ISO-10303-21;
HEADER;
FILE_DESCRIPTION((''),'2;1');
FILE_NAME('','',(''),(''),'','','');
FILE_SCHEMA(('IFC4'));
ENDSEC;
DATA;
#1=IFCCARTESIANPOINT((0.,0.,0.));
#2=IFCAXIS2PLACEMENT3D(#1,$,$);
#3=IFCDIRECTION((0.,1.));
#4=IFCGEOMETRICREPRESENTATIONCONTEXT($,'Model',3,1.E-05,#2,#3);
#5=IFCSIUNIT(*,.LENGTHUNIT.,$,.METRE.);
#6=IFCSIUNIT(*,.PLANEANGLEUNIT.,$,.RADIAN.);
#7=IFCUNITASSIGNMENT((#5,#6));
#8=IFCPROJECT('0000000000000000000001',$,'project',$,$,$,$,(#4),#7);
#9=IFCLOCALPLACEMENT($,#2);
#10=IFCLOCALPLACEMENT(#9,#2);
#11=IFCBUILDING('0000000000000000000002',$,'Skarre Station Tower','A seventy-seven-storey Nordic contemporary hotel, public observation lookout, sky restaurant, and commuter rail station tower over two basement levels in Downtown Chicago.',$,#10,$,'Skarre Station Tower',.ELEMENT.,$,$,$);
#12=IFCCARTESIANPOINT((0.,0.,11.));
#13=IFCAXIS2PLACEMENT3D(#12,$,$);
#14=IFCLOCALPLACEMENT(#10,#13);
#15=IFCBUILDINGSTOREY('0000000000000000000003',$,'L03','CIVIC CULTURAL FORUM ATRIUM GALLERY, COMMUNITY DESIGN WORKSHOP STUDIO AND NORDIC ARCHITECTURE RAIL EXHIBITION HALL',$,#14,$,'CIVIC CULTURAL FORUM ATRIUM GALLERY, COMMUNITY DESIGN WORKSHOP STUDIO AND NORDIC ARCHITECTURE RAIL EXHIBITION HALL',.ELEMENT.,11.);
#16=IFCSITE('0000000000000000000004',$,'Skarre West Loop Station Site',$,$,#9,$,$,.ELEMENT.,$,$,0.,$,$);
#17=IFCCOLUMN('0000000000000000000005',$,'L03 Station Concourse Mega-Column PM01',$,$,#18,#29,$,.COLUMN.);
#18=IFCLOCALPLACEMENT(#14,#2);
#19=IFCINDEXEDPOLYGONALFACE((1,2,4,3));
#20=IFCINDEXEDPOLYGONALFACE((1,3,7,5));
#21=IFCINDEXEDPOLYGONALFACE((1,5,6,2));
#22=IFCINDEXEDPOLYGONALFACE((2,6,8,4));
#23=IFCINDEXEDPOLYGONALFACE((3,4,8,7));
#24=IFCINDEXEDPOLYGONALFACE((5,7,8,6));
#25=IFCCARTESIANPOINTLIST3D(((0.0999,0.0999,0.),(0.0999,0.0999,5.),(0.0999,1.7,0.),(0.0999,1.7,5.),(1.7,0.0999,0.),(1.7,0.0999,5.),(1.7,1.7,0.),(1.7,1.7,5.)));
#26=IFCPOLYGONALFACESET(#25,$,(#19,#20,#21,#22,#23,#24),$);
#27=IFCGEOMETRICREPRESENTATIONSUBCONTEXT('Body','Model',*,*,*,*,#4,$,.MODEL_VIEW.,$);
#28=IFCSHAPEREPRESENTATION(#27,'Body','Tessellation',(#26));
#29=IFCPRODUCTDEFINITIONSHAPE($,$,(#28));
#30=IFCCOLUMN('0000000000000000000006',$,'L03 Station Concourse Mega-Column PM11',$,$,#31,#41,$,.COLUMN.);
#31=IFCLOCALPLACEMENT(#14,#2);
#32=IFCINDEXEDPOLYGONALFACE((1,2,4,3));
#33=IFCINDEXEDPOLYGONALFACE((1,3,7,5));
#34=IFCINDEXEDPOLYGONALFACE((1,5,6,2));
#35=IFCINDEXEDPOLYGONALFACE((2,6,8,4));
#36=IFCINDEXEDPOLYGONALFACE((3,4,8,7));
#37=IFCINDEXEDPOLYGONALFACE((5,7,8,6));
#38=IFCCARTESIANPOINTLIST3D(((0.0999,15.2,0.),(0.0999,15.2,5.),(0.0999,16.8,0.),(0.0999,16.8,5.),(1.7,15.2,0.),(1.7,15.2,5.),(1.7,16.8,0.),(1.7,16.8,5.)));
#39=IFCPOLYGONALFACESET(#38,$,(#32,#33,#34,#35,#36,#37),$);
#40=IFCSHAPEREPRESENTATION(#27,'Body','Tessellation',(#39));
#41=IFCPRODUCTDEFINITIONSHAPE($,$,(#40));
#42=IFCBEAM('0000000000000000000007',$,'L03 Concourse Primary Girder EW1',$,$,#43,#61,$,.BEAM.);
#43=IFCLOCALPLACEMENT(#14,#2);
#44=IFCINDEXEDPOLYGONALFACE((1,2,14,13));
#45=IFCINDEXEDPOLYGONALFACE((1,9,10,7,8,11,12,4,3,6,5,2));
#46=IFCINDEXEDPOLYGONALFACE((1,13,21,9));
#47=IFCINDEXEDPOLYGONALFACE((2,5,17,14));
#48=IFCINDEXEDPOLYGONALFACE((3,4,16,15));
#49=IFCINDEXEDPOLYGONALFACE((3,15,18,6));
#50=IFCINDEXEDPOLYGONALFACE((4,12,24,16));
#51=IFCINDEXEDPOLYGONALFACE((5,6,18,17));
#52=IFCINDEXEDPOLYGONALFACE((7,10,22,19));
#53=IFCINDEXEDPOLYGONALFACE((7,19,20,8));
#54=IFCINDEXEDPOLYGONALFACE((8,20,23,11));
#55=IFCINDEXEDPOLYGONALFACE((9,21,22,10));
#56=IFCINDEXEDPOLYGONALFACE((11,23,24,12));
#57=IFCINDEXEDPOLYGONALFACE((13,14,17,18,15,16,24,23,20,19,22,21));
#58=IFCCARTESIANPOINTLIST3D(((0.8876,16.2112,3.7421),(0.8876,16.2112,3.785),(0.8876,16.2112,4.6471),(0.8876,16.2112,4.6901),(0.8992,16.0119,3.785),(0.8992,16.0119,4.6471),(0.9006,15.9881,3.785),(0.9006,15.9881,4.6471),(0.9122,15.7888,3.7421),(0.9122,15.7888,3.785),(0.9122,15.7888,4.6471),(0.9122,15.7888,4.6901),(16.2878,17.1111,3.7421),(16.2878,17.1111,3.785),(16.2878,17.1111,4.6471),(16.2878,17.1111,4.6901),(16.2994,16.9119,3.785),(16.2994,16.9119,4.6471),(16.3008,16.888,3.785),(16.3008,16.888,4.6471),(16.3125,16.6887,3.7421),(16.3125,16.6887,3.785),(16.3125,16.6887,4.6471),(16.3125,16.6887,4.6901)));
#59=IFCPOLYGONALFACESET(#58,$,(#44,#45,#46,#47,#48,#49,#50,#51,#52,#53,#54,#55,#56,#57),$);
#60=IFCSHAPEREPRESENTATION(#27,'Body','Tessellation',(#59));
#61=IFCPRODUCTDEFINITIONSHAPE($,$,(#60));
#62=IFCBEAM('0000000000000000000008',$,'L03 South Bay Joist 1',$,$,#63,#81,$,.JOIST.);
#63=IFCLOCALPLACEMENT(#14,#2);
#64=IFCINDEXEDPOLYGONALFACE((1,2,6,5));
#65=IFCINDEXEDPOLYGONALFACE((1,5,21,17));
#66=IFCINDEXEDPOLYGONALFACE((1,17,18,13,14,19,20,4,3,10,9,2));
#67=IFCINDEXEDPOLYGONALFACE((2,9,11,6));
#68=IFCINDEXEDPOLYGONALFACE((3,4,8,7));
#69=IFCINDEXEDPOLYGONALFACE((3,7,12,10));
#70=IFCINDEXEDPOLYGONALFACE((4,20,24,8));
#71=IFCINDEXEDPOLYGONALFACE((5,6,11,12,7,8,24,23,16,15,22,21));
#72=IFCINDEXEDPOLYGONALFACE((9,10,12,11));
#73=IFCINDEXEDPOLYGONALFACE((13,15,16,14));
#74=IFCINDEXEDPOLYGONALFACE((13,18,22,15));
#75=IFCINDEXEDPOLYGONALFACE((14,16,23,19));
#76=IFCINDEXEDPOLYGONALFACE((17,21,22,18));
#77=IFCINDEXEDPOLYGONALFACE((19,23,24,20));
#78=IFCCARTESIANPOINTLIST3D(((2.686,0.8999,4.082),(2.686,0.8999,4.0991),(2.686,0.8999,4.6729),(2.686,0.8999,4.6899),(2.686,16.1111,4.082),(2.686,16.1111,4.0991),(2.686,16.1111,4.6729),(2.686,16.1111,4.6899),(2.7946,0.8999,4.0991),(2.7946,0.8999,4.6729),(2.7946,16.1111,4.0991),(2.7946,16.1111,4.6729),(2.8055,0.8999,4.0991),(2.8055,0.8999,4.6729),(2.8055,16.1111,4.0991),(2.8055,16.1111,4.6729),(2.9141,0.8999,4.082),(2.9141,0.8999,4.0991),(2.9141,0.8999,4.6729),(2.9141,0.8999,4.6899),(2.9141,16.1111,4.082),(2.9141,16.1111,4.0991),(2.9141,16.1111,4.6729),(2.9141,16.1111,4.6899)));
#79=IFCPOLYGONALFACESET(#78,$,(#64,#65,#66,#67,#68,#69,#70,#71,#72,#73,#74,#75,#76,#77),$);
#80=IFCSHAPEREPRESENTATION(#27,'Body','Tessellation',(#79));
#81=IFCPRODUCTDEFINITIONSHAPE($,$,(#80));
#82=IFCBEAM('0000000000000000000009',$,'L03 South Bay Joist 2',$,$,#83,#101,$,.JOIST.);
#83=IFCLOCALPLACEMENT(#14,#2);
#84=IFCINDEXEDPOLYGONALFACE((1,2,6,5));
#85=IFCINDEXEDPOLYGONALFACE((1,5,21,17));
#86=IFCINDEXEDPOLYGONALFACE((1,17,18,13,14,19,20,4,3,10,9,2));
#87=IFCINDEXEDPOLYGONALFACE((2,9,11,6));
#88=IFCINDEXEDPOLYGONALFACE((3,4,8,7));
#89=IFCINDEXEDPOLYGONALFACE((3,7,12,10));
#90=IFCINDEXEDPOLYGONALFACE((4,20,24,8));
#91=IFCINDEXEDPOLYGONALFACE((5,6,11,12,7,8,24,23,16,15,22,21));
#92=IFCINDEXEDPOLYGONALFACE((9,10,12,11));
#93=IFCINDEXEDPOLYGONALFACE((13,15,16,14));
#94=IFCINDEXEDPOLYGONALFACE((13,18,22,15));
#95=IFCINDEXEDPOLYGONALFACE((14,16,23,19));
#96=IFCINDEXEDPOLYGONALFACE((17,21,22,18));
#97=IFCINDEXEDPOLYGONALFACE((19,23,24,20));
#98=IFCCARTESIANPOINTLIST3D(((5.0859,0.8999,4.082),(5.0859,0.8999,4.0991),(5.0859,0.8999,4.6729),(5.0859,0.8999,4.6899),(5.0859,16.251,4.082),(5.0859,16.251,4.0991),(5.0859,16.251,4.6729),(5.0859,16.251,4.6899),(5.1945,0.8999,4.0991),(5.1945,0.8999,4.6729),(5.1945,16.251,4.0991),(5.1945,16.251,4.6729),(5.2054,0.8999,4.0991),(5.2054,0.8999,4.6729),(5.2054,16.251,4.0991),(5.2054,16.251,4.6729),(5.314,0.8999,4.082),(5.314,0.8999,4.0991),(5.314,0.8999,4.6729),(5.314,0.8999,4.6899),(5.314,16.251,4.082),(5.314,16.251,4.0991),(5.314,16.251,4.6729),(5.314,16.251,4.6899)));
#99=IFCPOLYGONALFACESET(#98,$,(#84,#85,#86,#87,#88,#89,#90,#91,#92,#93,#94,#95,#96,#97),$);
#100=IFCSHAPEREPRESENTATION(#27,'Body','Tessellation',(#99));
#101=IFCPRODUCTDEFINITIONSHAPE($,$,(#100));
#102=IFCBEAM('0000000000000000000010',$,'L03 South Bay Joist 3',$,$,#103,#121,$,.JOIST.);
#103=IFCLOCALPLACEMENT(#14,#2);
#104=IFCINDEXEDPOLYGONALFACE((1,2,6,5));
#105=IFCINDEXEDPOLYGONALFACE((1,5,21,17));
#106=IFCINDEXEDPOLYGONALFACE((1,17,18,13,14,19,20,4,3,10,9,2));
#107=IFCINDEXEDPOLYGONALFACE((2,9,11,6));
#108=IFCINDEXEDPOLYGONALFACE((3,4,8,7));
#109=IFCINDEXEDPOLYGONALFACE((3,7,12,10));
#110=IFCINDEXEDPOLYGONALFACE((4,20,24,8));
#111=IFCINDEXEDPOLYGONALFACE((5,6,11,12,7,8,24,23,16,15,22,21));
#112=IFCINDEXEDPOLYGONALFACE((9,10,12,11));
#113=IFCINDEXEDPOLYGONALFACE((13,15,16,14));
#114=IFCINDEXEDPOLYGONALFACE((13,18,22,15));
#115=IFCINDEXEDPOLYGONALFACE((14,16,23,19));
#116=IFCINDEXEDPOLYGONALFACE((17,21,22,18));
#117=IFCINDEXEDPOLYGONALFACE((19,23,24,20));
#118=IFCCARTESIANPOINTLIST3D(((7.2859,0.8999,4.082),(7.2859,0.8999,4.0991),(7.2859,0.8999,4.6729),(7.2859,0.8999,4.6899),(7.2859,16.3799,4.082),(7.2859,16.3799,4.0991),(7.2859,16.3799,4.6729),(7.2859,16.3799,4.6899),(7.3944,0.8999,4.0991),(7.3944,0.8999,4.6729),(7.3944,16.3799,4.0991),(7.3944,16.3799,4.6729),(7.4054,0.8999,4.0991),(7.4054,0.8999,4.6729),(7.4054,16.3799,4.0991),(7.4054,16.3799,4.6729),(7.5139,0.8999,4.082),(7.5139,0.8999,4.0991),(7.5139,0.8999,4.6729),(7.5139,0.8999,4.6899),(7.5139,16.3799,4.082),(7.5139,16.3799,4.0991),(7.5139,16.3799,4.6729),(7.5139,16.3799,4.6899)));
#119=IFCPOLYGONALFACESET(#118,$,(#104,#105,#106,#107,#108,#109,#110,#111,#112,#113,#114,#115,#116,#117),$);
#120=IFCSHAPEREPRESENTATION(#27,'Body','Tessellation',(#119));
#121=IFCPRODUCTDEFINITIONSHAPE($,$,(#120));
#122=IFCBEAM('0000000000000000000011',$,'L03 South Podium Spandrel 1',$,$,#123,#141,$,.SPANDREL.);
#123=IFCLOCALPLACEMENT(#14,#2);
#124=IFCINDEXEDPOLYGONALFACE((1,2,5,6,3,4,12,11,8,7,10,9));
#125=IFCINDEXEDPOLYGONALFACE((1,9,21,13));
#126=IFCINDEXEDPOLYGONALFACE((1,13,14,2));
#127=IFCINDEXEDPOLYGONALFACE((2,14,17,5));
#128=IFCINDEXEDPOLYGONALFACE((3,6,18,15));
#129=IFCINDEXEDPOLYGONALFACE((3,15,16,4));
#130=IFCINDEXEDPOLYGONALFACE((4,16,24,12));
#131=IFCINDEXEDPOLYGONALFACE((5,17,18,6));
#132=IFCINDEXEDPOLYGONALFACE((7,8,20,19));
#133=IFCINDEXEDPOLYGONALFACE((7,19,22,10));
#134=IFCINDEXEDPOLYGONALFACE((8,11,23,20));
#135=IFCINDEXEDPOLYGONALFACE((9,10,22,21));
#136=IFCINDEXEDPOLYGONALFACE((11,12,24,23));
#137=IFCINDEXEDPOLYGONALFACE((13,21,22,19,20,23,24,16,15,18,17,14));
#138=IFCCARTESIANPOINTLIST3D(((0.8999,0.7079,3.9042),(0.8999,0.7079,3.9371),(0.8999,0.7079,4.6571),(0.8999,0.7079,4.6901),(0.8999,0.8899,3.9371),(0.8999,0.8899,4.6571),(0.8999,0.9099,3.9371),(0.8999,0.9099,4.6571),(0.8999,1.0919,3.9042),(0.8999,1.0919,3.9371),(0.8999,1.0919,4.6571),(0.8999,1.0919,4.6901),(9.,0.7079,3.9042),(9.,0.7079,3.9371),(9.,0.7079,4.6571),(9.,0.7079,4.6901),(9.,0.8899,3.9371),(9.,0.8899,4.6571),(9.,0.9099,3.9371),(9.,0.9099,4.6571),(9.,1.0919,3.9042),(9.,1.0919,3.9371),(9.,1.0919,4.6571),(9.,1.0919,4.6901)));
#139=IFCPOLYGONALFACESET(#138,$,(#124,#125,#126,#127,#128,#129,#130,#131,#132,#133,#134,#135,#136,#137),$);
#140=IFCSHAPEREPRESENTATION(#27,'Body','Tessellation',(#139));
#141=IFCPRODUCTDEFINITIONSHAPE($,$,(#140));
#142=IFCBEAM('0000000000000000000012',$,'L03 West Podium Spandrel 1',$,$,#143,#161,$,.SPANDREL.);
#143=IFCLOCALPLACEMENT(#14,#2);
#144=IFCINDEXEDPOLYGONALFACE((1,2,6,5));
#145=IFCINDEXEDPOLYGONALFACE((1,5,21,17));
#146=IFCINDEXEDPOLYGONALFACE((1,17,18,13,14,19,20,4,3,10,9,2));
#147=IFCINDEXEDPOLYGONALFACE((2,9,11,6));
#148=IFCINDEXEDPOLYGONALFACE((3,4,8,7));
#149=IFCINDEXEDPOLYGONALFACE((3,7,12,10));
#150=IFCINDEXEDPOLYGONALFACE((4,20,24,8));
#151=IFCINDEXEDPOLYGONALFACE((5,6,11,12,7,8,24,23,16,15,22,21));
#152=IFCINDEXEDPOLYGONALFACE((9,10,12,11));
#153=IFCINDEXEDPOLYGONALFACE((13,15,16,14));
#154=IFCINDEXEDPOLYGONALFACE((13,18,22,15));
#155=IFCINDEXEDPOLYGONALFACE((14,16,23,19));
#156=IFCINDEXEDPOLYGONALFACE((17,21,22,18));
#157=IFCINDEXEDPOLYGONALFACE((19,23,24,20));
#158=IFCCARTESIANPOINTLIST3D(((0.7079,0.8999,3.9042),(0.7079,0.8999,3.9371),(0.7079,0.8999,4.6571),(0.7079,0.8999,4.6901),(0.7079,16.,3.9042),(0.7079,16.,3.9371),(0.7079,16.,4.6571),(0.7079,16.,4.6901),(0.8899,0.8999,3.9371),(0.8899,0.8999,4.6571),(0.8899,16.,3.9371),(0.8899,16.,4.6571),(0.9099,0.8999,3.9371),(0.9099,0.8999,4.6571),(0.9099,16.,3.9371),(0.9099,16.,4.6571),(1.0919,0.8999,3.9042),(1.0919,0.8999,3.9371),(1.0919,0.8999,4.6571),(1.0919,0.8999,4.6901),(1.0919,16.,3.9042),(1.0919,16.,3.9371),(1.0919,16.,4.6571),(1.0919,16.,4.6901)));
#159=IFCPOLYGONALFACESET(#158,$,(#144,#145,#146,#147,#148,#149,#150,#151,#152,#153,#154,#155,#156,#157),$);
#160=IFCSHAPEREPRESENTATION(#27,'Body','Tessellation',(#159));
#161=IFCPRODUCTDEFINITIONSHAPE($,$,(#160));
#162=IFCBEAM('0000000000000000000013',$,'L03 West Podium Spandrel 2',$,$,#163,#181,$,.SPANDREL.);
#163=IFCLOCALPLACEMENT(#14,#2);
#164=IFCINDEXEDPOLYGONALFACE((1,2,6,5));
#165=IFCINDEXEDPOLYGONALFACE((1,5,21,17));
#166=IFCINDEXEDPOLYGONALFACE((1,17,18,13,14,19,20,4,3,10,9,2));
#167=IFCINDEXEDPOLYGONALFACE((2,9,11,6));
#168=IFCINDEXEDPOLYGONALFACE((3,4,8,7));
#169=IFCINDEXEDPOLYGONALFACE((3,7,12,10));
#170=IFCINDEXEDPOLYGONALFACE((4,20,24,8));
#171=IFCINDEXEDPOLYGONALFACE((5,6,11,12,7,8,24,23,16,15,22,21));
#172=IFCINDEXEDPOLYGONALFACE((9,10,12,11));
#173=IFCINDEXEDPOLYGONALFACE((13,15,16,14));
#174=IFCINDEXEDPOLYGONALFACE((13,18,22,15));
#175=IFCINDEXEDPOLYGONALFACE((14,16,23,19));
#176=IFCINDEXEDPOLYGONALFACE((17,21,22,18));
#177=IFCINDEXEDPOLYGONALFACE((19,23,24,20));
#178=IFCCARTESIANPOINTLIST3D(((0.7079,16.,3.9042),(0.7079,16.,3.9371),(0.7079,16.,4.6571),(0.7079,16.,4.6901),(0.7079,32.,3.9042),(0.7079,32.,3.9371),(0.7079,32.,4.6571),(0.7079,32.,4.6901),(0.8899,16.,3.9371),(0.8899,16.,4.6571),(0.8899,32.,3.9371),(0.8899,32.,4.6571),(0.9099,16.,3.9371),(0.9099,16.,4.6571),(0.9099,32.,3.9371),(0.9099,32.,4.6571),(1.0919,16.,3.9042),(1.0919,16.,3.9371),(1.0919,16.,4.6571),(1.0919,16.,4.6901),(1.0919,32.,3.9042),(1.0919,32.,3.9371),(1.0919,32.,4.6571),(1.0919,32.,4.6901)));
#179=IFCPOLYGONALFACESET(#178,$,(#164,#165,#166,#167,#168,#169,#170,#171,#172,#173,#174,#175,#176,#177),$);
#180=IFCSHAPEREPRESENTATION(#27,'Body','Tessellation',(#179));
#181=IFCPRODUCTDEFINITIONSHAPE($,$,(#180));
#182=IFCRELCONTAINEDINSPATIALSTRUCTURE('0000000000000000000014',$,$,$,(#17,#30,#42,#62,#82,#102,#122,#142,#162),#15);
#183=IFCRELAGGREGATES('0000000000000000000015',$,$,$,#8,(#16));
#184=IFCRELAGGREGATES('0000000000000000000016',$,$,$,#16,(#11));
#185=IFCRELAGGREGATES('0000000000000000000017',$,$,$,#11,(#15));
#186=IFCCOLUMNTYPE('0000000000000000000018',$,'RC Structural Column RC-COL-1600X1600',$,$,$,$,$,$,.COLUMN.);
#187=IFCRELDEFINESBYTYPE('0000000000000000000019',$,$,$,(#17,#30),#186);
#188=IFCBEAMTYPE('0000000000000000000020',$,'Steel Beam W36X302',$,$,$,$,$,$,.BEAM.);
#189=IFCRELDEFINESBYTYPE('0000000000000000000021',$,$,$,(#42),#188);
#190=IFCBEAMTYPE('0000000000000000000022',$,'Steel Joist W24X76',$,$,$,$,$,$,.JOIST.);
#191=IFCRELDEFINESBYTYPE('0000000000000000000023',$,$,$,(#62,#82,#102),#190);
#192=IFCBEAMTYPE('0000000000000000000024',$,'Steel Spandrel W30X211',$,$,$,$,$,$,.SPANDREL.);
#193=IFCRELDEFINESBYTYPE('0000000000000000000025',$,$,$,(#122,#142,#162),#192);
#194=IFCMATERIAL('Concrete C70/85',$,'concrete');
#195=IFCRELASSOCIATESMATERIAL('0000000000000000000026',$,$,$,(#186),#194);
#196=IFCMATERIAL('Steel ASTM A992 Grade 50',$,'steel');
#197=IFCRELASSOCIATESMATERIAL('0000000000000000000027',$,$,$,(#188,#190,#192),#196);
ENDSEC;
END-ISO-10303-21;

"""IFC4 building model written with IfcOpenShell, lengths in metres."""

from ifc_helpers import new_model, si_unit, direction, frame, origin, origin_2d, place, context, subcontext, project, spatial, rectangle, i_section, extrude, material, material_profile, profile_set, type_object, element, save


model = new_model("IFC4")

# Units and contexts
model_context = context("Model", 3, precision=1e-05, world=origin(), true_north=direction((0.0, 1.0)))
body_context = subcontext(model_context, "Body", "Model", "MODEL_VIEW")
ifc_project = project(units=[si_unit("LENGTHUNIT", "METRE"), si_unit("PLANEANGLEUNIT", "RADIAN")], contexts=[model_context])

# Site, building, storey
site_placement = place(None, origin())
site = spatial("IfcSite", under=ifc_project, at=site_placement, Name="Skarre West Loop Station Site", CompositionType="ELEMENT", RefElevation=0.0)
building_placement = place(site_placement, origin())
building = spatial("IfcBuilding", under=site, at=building_placement, Name="Skarre Station Tower", Description="A seventy-seven-storey Nordic contemporary hotel, public observation lookout, sky restaurant, and commuter rail station tower over two basement levels in Downtown Chicago.", LongName="Skarre Station Tower", CompositionType="ELEMENT")
storey_placement = place(building_placement, frame((0.0, 0.0, 11.0)))
storey = spatial("IfcBuildingStorey", under=building, at=storey_placement, Name="L03", Description="CIVIC CULTURAL FORUM ATRIUM GALLERY, COMMUNITY DESIGN WORKSHOP STUDIO AND NORDIC ARCHITECTURE RAIL EXHIBITION HALL", LongName="CIVIC CULTURAL FORUM ATRIUM GALLERY, COMMUNITY DESIGN WORKSHOP STUDIO AND NORDIC ARCHITECTURE RAIL EXHIBITION HALL", CompositionType="ELEMENT", Elevation=11.0)

# Columns
ifc_material_1 = material(Name="Concrete C70/85", Category="concrete")
ifc_material_profile_1 = material_profile(ifc_material_1, rectangle(XDim=1.6001, YDim=1.6001, at=origin_2d()), Name="Concrete C70/85")
ifc_profile_set_1 = profile_set([ifc_material_profile_1], Name="Concrete C70/85")
column_type = type_object("IfcColumnType", Name="RC Structural Column RC-COL-1600X1600", PredefinedType="COLUMN", material=ifc_profile_set_1)
for number, where, z_axis, x_axis, name in (
    (1, (0.8999, 0.8999, 0.0), (0.0, 0.0, 1.0), (1.0, 0.0, 0.0), "L03 Station Concourse Mega-Column PM01"),
    (2, (0.8999, 16.0, 0.0), (0.0, 0.0, 1.0), (1.0, 0.0, 0.0), "L03 Station Concourse Mega-Column PM11"),
):
    element("IfcColumn", number, at=place(storey_placement, frame(where, z_axis=z_axis, x_axis=x_axis)), inside=storey, type_object=column_type, Name=name, PredefinedType="COLUMN", context=body_context, shape_type="SweptSolid", body=[
        extrude(rectangle(XDim=1.6001, YDim=1.6001, at=origin_2d()), origin(), (0.0, 0.0, 1.0), 5.0),
    ])

# Beams
ifc_material_2 = material(Name="Steel ASTM A992 Grade 50", Category="steel")
ifc_material_profile_2 = material_profile(ifc_material_2, i_section(OverallWidth=0.4231, OverallDepth=0.948, WebThickness=0.0239, FlangeThickness=0.043, at=origin_2d()), Name="Steel ASTM A992 Grade 50")
ifc_profile_set_2 = profile_set([ifc_material_profile_2], Name="Steel ASTM A992 Grade 50")
beam_type_1 = type_object("IfcBeamType", Name="Steel Beam W36X302", PredefinedType="BEAM", material=ifc_profile_set_2)
beam_1_placement = place(storey_placement, frame((0.8999, 16.0, 4.2161), z_axis=(0.998297, 0.058335, 0.0), x_axis=(-0.058335, 0.998297, 0.0)))
element("IfcBeam", 3, at=beam_1_placement, inside=storey, type_object=beam_type_1, Name="L03 Concourse Primary Girder EW1", PredefinedType="BEAM", context=body_context, shape_type="SweptSolid", body=[
    extrude(i_section(OverallWidth=0.4231, OverallDepth=0.948, WebThickness=0.0239, FlangeThickness=0.043, at=origin_2d()), origin(), (0.0, 0.0, 1.0), 15.4265),
])
ifc_material_profile_3 = material_profile(ifc_material_2, i_section(OverallWidth=0.228, OverallDepth=0.6079, WebThickness=0.011, FlangeThickness=0.0171, at=origin_2d()), Name="Steel ASTM A992 Grade 50")
ifc_profile_set_3 = profile_set([ifc_material_profile_3], Name="Steel ASTM A992 Grade 50")
beam_type_2 = type_object("IfcBeamType", Name="Steel Joist W24X76", PredefinedType="JOIST", material=ifc_profile_set_3)
beam_2_placement = place(storey_placement, frame((2.8, 0.8999, 4.386), z_axis=(0.0, 1.0, 0.0), x_axis=(-1.0, 0.0, 0.0)))
element("IfcBeam", 4, at=beam_2_placement, inside=storey, type_object=beam_type_2, Name="L03 South Bay Joist 1", PredefinedType="JOIST", context=body_context, shape_type="SweptSolid", body=[
    extrude(i_section(OverallWidth=0.228, OverallDepth=0.6079, WebThickness=0.011, FlangeThickness=0.0171, at=origin_2d()), origin(), (0.0, 0.0, 1.0), 15.2112),
])
beam_3_placement = place(storey_placement, frame((5.2, 0.8999, 4.386), z_axis=(0.0, 1.0, 0.0), x_axis=(-1.0, 0.0, 0.0)))
element("IfcBeam", 5, at=beam_3_placement, inside=storey, type_object=beam_type_2, Name="L03 South Bay Joist 2", PredefinedType="JOIST", context=body_context, shape_type="SweptSolid", body=[
    extrude(i_section(OverallWidth=0.228, OverallDepth=0.6079, WebThickness=0.011, FlangeThickness=0.0171, at=origin_2d()), origin(), (0.0, 0.0, 1.0), 15.3511),
])
beam_4_placement = place(storey_placement, frame((7.3999, 0.8999, 4.386), z_axis=(0.0, 1.0, 0.0), x_axis=(-1.0, 0.0, 0.0)))
element("IfcBeam", 6, at=beam_4_placement, inside=storey, type_object=beam_type_2, Name="L03 South Bay Joist 3", PredefinedType="JOIST", context=body_context, shape_type="SweptSolid", body=[
    extrude(i_section(OverallWidth=0.228, OverallDepth=0.6079, WebThickness=0.011, FlangeThickness=0.0171, at=origin_2d()), origin(), (0.0, 0.0, 1.0), 15.48),
])
ifc_material_profile_4 = material_profile(ifc_material_2, i_section(OverallWidth=0.384, OverallDepth=0.7859, WebThickness=0.02, FlangeThickness=0.033, at=origin_2d()), Name="Steel ASTM A992 Grade 50")
ifc_profile_set_4 = profile_set([ifc_material_profile_4], Name="Steel ASTM A992 Grade 50")
beam_type_3 = type_object("IfcBeamType", Name="Steel Spandrel W30X211", PredefinedType="SPANDREL", material=ifc_profile_set_4)
beam_5_placement = place(storey_placement, frame((0.8999, 0.8999, 4.2971), z_axis=(1.0, 0.0, 0.0), x_axis=(0.0, 1.0, 0.0)))
element("IfcBeam", 7, at=beam_5_placement, inside=storey, type_object=beam_type_3, Name="L03 South Podium Spandrel 1", PredefinedType="SPANDREL", context=body_context, shape_type="SweptSolid", body=[
    extrude(i_section(OverallWidth=0.384, OverallDepth=0.7859, WebThickness=0.02, FlangeThickness=0.033, at=origin_2d()), origin(), (0.0, 0.0, 1.0), 8.1001),
])
beam_6_placement = place(storey_placement, frame((0.8999, 0.8999, 4.2971), z_axis=(0.0, 1.0, 0.0), x_axis=(-1.0, 0.0, 0.0)))
element("IfcBeam", 8, at=beam_6_placement, inside=storey, type_object=beam_type_3, Name="L03 West Podium Spandrel 1", PredefinedType="SPANDREL", context=body_context, shape_type="SweptSolid", body=[
    extrude(i_section(OverallWidth=0.384, OverallDepth=0.7859, WebThickness=0.02, FlangeThickness=0.033, at=origin_2d()), origin(), (0.0, 0.0, 1.0), 15.1001),
])
beam_7_placement = place(storey_placement, frame((0.8999, 16.0, 4.2971), z_axis=(0.0, 1.0, 0.0), x_axis=(-1.0, 0.0, 0.0)))
element("IfcBeam", 9, at=beam_7_placement, inside=storey, type_object=beam_type_3, Name="L03 West Podium Spandrel 2", PredefinedType="SPANDREL", context=body_context, shape_type="SweptSolid", body=[
    extrude(i_section(OverallWidth=0.384, OverallDepth=0.7859, WebThickness=0.02, FlangeThickness=0.033, at=origin_2d()), origin(), (0.0, 0.0, 1.0), 16.0),
])

save(model, "model.ifc")
